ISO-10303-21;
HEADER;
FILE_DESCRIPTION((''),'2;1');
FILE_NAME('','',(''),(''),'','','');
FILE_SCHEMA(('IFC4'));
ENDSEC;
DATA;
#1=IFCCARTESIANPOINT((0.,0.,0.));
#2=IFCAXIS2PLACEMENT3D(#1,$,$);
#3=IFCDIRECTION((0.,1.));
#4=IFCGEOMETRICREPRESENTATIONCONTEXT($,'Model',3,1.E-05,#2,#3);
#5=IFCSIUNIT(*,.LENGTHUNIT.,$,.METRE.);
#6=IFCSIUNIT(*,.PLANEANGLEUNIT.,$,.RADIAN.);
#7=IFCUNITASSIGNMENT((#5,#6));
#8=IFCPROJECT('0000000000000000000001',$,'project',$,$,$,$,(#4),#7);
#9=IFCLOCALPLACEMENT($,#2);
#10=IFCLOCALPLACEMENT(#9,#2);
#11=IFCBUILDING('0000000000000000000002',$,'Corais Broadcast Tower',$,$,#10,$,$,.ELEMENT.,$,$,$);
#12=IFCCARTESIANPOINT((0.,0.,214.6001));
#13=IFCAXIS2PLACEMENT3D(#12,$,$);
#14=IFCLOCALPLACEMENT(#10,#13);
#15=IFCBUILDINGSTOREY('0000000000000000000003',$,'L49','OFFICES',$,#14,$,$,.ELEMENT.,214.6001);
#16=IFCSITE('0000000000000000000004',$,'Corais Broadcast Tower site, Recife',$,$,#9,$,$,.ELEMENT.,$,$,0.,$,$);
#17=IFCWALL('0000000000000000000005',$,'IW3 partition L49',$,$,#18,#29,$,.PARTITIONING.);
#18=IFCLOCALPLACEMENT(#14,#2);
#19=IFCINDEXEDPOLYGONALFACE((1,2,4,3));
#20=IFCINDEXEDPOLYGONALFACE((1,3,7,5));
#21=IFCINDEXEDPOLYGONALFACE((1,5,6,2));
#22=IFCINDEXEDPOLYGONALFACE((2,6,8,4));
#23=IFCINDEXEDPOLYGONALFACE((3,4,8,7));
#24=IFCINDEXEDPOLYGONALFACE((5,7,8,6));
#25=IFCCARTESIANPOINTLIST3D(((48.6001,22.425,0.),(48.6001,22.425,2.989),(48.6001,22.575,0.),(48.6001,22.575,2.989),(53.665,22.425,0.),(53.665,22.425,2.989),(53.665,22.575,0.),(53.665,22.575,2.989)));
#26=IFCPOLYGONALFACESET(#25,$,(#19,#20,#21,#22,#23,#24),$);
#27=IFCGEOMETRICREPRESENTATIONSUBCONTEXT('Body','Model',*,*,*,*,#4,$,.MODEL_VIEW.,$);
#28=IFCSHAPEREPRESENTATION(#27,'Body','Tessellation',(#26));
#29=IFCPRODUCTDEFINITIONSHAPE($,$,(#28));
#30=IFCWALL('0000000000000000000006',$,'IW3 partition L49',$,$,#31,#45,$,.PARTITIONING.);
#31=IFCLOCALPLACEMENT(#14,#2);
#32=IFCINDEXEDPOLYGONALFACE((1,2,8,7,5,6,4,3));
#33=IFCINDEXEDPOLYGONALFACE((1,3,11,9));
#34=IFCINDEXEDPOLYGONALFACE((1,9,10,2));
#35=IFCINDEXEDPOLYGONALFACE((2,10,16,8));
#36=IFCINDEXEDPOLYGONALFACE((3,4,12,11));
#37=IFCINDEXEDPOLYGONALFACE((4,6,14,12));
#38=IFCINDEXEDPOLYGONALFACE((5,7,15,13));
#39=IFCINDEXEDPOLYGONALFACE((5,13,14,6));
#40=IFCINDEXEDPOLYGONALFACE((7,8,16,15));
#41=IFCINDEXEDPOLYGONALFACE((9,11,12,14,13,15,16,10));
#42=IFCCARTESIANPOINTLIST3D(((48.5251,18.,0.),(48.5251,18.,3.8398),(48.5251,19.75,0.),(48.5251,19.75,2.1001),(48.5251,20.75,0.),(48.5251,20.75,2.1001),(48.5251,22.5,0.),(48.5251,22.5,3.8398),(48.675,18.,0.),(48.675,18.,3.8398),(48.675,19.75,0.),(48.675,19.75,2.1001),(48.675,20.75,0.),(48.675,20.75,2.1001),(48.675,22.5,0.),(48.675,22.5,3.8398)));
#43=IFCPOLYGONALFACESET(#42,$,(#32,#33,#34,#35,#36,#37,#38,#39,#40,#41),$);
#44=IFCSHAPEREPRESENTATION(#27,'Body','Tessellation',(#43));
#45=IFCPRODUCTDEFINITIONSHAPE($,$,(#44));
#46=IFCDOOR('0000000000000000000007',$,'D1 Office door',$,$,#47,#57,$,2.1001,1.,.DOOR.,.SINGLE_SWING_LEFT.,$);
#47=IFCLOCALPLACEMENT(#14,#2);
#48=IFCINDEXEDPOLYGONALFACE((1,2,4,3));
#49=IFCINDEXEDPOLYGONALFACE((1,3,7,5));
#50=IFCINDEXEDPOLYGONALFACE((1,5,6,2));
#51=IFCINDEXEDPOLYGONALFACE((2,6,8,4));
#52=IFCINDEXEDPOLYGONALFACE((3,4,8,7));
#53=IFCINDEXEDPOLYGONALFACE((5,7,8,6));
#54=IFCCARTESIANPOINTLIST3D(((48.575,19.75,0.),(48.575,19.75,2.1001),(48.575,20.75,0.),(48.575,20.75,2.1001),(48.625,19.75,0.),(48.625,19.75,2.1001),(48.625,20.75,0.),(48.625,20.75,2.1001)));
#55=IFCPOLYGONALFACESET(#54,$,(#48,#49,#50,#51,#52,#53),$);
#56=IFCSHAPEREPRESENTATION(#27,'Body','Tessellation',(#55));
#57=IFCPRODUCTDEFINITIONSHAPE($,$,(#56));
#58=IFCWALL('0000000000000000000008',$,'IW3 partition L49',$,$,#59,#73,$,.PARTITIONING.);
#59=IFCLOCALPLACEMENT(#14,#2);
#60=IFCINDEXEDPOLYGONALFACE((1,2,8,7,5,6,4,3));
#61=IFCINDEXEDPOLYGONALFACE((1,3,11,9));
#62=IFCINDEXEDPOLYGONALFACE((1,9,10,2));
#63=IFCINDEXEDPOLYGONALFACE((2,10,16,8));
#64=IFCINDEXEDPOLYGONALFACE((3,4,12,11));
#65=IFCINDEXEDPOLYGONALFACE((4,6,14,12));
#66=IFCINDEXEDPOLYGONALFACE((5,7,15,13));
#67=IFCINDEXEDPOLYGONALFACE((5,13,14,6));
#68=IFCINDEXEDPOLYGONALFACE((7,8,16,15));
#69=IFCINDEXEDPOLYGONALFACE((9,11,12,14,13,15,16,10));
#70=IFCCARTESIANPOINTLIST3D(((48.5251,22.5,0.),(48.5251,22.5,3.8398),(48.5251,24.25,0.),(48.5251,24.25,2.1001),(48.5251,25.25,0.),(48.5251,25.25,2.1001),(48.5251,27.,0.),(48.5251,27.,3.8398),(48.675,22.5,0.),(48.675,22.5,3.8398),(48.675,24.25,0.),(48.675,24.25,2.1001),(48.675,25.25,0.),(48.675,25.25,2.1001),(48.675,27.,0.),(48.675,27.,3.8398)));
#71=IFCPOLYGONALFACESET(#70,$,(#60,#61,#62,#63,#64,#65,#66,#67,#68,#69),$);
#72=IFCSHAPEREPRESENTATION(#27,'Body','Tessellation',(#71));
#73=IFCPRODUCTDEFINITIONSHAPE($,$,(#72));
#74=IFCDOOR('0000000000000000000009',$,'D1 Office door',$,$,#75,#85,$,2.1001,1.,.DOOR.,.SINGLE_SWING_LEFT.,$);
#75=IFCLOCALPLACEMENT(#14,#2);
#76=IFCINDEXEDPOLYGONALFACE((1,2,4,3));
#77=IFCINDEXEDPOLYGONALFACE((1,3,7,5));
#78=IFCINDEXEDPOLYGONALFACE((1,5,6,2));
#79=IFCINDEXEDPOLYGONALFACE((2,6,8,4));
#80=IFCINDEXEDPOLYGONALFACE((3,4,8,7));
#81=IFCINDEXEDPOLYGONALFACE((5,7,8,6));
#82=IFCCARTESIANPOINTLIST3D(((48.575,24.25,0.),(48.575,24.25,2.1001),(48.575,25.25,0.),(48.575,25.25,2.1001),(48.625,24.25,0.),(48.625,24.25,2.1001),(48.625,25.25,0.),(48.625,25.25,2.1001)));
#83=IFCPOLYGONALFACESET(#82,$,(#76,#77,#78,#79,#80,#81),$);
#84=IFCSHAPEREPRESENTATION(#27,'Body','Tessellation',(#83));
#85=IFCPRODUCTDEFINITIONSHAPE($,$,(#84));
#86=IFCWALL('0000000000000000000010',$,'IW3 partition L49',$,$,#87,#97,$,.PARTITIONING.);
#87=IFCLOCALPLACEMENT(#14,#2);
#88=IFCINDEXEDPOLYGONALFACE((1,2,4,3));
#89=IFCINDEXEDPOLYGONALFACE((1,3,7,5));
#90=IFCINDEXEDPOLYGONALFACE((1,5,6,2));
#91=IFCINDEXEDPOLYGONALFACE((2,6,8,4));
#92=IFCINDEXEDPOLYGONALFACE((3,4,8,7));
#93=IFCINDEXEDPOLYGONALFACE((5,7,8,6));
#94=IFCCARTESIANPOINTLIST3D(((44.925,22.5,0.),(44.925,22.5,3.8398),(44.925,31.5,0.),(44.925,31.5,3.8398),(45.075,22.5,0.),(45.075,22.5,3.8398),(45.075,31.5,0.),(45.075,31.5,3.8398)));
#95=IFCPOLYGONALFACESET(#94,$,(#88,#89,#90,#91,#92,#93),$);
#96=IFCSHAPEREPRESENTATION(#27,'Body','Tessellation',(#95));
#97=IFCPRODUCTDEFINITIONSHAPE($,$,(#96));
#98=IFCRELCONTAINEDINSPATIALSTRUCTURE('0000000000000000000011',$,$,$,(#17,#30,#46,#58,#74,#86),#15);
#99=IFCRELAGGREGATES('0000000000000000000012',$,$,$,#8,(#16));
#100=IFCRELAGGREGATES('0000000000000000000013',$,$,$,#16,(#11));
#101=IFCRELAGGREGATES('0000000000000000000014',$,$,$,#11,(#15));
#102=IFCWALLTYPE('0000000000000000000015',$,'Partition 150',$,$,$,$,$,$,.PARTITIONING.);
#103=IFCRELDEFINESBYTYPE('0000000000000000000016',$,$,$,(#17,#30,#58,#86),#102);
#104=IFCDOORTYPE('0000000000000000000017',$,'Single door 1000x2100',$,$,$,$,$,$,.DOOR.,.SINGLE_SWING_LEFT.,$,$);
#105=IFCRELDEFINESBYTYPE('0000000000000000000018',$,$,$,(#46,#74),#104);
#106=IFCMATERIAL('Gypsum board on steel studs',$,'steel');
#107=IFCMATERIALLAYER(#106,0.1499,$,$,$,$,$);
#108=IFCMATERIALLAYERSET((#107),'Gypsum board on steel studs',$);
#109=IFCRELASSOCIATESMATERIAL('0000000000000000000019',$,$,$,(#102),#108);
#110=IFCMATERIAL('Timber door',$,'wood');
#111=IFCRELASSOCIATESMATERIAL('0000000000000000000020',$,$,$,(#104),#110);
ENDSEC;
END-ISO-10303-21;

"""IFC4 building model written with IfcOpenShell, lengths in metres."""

from ifc_helpers import new_model, si_unit, direction, frame, frame_2d, origin, place, context, subcontext, project, spatial, rectangle, extrude, material, layer, layer_set, type_object, element, fill, save


model = new_model("IFC4")

# Units and contexts
model_context = context("Model", 3, precision=1e-05, world=origin(), true_north=direction((0.0, 1.0)))
body_context = subcontext(model_context, "Body", "Model", "MODEL_VIEW")
ifc_project = project(units=[si_unit("LENGTHUNIT", "METRE"), si_unit("PLANEANGLEUNIT", "RADIAN")], contexts=[model_context])

# Site, building, storey
site_placement = place(None, origin())
site = spatial("IfcSite", under=ifc_project, at=site_placement, Name="Corais Broadcast Tower site, Recife", CompositionType="ELEMENT", RefElevation=0.0)
building_placement = place(site_placement, origin())
building = spatial("IfcBuilding", under=site, at=building_placement, Name="Corais Broadcast Tower", CompositionType="ELEMENT")
storey_placement = place(building_placement, frame((0.0, 0.0, 214.6001)))
storey = spatial("IfcBuildingStorey", under=building, at=storey_placement, Name="L49", Description="OFFICES", CompositionType="ELEMENT", Elevation=214.6001)

# Shared definitions
ifc_material_1 = material(Name="Gypsum board on steel studs", Category="steel")
ifc_layer_1 = layer(ifc_material_1, 0.1499)
ifc_layer_set_1 = layer_set([ifc_layer_1], Name="Gypsum board on steel studs")
wall_type = type_object("IfcWallType", Name="Partition 150", PredefinedType="PARTITIONING", material=ifc_layer_set_1)
ifc_material_2 = material(Name="Timber door", Category="wood")
door_type = type_object("IfcDoorType", Name="Single door 1000x2100", OperationType="SINGLE_SWING_LEFT", PredefinedType="DOOR", material=ifc_material_2)

# Wall
for number, where, z_axis, x_axis, name in (
    (1, (53.665, 22.5, 0.0), (0.0, 0.0, 1.0), (-1.0, 0.0, 0.0), "IW3 partition L49"),
):
    element("IfcWall", number, at=place(storey_placement, frame(where, z_axis=z_axis, x_axis=x_axis)), inside=storey, type_object=wall_type, Name=name, PredefinedType="PARTITIONING", context=body_context, shape_type="SweptSolid", body=[
        extrude(rectangle(XDim=5.0649, YDim=0.1499, at=frame_2d((2.5325, 0.0))), origin(), (0.0, 0.0, 1.0), 2.989),
    ])

# Walls, openings, doors
wall_1_placement = place(storey_placement, frame((48.6001, 22.5, 0.0), z_axis=(0.0, 0.0, 1.0), x_axis=(0.0, -1.0, 0.0)))
wall_1 = element("IfcWall", 2, at=wall_1_placement, inside=storey, type_object=wall_type, Name="IW3 partition L49", PredefinedType="PARTITIONING", context=body_context, shape_type="SweptSolid", body=[
    extrude(rectangle(XDim=4.5, YDim=0.1499, at=frame_2d((2.25, 0.0))), origin(), (0.0, 0.0, 1.0), 3.8398),
])
opening_1_placement = place(wall_1_placement, frame((1.75, 0.0, 0.0)))
opening_1 = element("IfcOpeningElement", 3, at=opening_1_placement, cuts=wall_1, PredefinedType="OPENING", context=body_context, shape_type="SweptSolid", body=[
    extrude(rectangle(XDim=1.0, YDim=2.1001, at=frame_2d((0.5, 1.05))), frame((0.0, 0.085, 0.0), z_axis=(0.0, -1.0, 0.0), x_axis=(1.0, 0.0, 0.0)), (0.0, 0.0, 1.0), 0.1699),
])
door_1_placement = place(opening_1_placement, origin())
door_1 = element("IfcDoor", 4, at=door_1_placement, inside=storey, type_object=door_type, Name="D1 Office door", OperationType="SINGLE_SWING_LEFT", OverallHeight=2.1001, OverallWidth=1.0, PredefinedType="DOOR", context=body_context, shape_type="SweptSolid", body=[
    extrude(rectangle(XDim=1.0, YDim=2.1001, at=frame_2d((0.5, 1.05))), frame((0.0, 0.0249, 0.0), z_axis=(0.0, -1.0, 0.0), x_axis=(1.0, 0.0, 0.0)), (0.0, 0.0, 1.0), 0.05),
])
fill(opening_1, door_1)
wall_2_placement = place(storey_placement, frame((48.6001, 27.0, 0.0), z_axis=(0.0, 0.0, 1.0), x_axis=(0.0, -1.0, 0.0)))
wall_2 = element("IfcWall", 5, at=wall_2_placement, inside=storey, type_object=wall_type, Name="IW3 partition L49", PredefinedType="PARTITIONING", context=body_context, shape_type="SweptSolid", body=[
    extrude(rectangle(XDim=4.5, YDim=0.1499, at=frame_2d((2.25, 0.0))), origin(), (0.0, 0.0, 1.0), 3.8398),
])
opening_2_placement = place(wall_2_placement, frame((1.75, 0.0, 0.0)))
opening_2 = element("IfcOpeningElement", 6, at=opening_2_placement, cuts=wall_2, PredefinedType="OPENING", context=body_context, shape_type="SweptSolid", body=[
    extrude(rectangle(XDim=1.0, YDim=2.1001, at=frame_2d((0.5, 1.05))), frame((0.0, 0.085, 0.0), z_axis=(0.0, -1.0, 0.0), x_axis=(1.0, 0.0, 0.0)), (0.0, 0.0, 1.0), 0.1699),
])
door_2_placement = place(opening_2_placement, origin())
door_2 = element("IfcDoor", 7, at=door_2_placement, inside=storey, type_object=door_type, Name="D1 Office door", OperationType="SINGLE_SWING_LEFT", OverallHeight=2.1001, OverallWidth=1.0, PredefinedType="DOOR", context=body_context, shape_type="SweptSolid", body=[
    extrude(rectangle(XDim=1.0, YDim=2.1001, at=frame_2d((0.5, 1.05))), frame((0.0, 0.0249, 0.0), z_axis=(0.0, -1.0, 0.0), x_axis=(1.0, 0.0, 0.0)), (0.0, 0.0, 1.0), 0.05),
])
fill(opening_2, door_2)

# Wall
wall_3_placement = place(storey_placement, frame((45.0, 22.5, 0.0), z_axis=(0.0, 0.0, 1.0), x_axis=(0.0, 1.0, 0.0)))
element("IfcWall", 8, at=wall_3_placement, inside=storey, type_object=wall_type, Name="IW3 partition L49", PredefinedType="PARTITIONING", context=body_context, shape_type="SweptSolid", body=[
    extrude(rectangle(XDim=9.0, YDim=0.1499, at=frame_2d((4.5, 0.0))), origin(), (0.0, 0.0, 1.0), 3.8398),
])

save(model, "model.ifc")
